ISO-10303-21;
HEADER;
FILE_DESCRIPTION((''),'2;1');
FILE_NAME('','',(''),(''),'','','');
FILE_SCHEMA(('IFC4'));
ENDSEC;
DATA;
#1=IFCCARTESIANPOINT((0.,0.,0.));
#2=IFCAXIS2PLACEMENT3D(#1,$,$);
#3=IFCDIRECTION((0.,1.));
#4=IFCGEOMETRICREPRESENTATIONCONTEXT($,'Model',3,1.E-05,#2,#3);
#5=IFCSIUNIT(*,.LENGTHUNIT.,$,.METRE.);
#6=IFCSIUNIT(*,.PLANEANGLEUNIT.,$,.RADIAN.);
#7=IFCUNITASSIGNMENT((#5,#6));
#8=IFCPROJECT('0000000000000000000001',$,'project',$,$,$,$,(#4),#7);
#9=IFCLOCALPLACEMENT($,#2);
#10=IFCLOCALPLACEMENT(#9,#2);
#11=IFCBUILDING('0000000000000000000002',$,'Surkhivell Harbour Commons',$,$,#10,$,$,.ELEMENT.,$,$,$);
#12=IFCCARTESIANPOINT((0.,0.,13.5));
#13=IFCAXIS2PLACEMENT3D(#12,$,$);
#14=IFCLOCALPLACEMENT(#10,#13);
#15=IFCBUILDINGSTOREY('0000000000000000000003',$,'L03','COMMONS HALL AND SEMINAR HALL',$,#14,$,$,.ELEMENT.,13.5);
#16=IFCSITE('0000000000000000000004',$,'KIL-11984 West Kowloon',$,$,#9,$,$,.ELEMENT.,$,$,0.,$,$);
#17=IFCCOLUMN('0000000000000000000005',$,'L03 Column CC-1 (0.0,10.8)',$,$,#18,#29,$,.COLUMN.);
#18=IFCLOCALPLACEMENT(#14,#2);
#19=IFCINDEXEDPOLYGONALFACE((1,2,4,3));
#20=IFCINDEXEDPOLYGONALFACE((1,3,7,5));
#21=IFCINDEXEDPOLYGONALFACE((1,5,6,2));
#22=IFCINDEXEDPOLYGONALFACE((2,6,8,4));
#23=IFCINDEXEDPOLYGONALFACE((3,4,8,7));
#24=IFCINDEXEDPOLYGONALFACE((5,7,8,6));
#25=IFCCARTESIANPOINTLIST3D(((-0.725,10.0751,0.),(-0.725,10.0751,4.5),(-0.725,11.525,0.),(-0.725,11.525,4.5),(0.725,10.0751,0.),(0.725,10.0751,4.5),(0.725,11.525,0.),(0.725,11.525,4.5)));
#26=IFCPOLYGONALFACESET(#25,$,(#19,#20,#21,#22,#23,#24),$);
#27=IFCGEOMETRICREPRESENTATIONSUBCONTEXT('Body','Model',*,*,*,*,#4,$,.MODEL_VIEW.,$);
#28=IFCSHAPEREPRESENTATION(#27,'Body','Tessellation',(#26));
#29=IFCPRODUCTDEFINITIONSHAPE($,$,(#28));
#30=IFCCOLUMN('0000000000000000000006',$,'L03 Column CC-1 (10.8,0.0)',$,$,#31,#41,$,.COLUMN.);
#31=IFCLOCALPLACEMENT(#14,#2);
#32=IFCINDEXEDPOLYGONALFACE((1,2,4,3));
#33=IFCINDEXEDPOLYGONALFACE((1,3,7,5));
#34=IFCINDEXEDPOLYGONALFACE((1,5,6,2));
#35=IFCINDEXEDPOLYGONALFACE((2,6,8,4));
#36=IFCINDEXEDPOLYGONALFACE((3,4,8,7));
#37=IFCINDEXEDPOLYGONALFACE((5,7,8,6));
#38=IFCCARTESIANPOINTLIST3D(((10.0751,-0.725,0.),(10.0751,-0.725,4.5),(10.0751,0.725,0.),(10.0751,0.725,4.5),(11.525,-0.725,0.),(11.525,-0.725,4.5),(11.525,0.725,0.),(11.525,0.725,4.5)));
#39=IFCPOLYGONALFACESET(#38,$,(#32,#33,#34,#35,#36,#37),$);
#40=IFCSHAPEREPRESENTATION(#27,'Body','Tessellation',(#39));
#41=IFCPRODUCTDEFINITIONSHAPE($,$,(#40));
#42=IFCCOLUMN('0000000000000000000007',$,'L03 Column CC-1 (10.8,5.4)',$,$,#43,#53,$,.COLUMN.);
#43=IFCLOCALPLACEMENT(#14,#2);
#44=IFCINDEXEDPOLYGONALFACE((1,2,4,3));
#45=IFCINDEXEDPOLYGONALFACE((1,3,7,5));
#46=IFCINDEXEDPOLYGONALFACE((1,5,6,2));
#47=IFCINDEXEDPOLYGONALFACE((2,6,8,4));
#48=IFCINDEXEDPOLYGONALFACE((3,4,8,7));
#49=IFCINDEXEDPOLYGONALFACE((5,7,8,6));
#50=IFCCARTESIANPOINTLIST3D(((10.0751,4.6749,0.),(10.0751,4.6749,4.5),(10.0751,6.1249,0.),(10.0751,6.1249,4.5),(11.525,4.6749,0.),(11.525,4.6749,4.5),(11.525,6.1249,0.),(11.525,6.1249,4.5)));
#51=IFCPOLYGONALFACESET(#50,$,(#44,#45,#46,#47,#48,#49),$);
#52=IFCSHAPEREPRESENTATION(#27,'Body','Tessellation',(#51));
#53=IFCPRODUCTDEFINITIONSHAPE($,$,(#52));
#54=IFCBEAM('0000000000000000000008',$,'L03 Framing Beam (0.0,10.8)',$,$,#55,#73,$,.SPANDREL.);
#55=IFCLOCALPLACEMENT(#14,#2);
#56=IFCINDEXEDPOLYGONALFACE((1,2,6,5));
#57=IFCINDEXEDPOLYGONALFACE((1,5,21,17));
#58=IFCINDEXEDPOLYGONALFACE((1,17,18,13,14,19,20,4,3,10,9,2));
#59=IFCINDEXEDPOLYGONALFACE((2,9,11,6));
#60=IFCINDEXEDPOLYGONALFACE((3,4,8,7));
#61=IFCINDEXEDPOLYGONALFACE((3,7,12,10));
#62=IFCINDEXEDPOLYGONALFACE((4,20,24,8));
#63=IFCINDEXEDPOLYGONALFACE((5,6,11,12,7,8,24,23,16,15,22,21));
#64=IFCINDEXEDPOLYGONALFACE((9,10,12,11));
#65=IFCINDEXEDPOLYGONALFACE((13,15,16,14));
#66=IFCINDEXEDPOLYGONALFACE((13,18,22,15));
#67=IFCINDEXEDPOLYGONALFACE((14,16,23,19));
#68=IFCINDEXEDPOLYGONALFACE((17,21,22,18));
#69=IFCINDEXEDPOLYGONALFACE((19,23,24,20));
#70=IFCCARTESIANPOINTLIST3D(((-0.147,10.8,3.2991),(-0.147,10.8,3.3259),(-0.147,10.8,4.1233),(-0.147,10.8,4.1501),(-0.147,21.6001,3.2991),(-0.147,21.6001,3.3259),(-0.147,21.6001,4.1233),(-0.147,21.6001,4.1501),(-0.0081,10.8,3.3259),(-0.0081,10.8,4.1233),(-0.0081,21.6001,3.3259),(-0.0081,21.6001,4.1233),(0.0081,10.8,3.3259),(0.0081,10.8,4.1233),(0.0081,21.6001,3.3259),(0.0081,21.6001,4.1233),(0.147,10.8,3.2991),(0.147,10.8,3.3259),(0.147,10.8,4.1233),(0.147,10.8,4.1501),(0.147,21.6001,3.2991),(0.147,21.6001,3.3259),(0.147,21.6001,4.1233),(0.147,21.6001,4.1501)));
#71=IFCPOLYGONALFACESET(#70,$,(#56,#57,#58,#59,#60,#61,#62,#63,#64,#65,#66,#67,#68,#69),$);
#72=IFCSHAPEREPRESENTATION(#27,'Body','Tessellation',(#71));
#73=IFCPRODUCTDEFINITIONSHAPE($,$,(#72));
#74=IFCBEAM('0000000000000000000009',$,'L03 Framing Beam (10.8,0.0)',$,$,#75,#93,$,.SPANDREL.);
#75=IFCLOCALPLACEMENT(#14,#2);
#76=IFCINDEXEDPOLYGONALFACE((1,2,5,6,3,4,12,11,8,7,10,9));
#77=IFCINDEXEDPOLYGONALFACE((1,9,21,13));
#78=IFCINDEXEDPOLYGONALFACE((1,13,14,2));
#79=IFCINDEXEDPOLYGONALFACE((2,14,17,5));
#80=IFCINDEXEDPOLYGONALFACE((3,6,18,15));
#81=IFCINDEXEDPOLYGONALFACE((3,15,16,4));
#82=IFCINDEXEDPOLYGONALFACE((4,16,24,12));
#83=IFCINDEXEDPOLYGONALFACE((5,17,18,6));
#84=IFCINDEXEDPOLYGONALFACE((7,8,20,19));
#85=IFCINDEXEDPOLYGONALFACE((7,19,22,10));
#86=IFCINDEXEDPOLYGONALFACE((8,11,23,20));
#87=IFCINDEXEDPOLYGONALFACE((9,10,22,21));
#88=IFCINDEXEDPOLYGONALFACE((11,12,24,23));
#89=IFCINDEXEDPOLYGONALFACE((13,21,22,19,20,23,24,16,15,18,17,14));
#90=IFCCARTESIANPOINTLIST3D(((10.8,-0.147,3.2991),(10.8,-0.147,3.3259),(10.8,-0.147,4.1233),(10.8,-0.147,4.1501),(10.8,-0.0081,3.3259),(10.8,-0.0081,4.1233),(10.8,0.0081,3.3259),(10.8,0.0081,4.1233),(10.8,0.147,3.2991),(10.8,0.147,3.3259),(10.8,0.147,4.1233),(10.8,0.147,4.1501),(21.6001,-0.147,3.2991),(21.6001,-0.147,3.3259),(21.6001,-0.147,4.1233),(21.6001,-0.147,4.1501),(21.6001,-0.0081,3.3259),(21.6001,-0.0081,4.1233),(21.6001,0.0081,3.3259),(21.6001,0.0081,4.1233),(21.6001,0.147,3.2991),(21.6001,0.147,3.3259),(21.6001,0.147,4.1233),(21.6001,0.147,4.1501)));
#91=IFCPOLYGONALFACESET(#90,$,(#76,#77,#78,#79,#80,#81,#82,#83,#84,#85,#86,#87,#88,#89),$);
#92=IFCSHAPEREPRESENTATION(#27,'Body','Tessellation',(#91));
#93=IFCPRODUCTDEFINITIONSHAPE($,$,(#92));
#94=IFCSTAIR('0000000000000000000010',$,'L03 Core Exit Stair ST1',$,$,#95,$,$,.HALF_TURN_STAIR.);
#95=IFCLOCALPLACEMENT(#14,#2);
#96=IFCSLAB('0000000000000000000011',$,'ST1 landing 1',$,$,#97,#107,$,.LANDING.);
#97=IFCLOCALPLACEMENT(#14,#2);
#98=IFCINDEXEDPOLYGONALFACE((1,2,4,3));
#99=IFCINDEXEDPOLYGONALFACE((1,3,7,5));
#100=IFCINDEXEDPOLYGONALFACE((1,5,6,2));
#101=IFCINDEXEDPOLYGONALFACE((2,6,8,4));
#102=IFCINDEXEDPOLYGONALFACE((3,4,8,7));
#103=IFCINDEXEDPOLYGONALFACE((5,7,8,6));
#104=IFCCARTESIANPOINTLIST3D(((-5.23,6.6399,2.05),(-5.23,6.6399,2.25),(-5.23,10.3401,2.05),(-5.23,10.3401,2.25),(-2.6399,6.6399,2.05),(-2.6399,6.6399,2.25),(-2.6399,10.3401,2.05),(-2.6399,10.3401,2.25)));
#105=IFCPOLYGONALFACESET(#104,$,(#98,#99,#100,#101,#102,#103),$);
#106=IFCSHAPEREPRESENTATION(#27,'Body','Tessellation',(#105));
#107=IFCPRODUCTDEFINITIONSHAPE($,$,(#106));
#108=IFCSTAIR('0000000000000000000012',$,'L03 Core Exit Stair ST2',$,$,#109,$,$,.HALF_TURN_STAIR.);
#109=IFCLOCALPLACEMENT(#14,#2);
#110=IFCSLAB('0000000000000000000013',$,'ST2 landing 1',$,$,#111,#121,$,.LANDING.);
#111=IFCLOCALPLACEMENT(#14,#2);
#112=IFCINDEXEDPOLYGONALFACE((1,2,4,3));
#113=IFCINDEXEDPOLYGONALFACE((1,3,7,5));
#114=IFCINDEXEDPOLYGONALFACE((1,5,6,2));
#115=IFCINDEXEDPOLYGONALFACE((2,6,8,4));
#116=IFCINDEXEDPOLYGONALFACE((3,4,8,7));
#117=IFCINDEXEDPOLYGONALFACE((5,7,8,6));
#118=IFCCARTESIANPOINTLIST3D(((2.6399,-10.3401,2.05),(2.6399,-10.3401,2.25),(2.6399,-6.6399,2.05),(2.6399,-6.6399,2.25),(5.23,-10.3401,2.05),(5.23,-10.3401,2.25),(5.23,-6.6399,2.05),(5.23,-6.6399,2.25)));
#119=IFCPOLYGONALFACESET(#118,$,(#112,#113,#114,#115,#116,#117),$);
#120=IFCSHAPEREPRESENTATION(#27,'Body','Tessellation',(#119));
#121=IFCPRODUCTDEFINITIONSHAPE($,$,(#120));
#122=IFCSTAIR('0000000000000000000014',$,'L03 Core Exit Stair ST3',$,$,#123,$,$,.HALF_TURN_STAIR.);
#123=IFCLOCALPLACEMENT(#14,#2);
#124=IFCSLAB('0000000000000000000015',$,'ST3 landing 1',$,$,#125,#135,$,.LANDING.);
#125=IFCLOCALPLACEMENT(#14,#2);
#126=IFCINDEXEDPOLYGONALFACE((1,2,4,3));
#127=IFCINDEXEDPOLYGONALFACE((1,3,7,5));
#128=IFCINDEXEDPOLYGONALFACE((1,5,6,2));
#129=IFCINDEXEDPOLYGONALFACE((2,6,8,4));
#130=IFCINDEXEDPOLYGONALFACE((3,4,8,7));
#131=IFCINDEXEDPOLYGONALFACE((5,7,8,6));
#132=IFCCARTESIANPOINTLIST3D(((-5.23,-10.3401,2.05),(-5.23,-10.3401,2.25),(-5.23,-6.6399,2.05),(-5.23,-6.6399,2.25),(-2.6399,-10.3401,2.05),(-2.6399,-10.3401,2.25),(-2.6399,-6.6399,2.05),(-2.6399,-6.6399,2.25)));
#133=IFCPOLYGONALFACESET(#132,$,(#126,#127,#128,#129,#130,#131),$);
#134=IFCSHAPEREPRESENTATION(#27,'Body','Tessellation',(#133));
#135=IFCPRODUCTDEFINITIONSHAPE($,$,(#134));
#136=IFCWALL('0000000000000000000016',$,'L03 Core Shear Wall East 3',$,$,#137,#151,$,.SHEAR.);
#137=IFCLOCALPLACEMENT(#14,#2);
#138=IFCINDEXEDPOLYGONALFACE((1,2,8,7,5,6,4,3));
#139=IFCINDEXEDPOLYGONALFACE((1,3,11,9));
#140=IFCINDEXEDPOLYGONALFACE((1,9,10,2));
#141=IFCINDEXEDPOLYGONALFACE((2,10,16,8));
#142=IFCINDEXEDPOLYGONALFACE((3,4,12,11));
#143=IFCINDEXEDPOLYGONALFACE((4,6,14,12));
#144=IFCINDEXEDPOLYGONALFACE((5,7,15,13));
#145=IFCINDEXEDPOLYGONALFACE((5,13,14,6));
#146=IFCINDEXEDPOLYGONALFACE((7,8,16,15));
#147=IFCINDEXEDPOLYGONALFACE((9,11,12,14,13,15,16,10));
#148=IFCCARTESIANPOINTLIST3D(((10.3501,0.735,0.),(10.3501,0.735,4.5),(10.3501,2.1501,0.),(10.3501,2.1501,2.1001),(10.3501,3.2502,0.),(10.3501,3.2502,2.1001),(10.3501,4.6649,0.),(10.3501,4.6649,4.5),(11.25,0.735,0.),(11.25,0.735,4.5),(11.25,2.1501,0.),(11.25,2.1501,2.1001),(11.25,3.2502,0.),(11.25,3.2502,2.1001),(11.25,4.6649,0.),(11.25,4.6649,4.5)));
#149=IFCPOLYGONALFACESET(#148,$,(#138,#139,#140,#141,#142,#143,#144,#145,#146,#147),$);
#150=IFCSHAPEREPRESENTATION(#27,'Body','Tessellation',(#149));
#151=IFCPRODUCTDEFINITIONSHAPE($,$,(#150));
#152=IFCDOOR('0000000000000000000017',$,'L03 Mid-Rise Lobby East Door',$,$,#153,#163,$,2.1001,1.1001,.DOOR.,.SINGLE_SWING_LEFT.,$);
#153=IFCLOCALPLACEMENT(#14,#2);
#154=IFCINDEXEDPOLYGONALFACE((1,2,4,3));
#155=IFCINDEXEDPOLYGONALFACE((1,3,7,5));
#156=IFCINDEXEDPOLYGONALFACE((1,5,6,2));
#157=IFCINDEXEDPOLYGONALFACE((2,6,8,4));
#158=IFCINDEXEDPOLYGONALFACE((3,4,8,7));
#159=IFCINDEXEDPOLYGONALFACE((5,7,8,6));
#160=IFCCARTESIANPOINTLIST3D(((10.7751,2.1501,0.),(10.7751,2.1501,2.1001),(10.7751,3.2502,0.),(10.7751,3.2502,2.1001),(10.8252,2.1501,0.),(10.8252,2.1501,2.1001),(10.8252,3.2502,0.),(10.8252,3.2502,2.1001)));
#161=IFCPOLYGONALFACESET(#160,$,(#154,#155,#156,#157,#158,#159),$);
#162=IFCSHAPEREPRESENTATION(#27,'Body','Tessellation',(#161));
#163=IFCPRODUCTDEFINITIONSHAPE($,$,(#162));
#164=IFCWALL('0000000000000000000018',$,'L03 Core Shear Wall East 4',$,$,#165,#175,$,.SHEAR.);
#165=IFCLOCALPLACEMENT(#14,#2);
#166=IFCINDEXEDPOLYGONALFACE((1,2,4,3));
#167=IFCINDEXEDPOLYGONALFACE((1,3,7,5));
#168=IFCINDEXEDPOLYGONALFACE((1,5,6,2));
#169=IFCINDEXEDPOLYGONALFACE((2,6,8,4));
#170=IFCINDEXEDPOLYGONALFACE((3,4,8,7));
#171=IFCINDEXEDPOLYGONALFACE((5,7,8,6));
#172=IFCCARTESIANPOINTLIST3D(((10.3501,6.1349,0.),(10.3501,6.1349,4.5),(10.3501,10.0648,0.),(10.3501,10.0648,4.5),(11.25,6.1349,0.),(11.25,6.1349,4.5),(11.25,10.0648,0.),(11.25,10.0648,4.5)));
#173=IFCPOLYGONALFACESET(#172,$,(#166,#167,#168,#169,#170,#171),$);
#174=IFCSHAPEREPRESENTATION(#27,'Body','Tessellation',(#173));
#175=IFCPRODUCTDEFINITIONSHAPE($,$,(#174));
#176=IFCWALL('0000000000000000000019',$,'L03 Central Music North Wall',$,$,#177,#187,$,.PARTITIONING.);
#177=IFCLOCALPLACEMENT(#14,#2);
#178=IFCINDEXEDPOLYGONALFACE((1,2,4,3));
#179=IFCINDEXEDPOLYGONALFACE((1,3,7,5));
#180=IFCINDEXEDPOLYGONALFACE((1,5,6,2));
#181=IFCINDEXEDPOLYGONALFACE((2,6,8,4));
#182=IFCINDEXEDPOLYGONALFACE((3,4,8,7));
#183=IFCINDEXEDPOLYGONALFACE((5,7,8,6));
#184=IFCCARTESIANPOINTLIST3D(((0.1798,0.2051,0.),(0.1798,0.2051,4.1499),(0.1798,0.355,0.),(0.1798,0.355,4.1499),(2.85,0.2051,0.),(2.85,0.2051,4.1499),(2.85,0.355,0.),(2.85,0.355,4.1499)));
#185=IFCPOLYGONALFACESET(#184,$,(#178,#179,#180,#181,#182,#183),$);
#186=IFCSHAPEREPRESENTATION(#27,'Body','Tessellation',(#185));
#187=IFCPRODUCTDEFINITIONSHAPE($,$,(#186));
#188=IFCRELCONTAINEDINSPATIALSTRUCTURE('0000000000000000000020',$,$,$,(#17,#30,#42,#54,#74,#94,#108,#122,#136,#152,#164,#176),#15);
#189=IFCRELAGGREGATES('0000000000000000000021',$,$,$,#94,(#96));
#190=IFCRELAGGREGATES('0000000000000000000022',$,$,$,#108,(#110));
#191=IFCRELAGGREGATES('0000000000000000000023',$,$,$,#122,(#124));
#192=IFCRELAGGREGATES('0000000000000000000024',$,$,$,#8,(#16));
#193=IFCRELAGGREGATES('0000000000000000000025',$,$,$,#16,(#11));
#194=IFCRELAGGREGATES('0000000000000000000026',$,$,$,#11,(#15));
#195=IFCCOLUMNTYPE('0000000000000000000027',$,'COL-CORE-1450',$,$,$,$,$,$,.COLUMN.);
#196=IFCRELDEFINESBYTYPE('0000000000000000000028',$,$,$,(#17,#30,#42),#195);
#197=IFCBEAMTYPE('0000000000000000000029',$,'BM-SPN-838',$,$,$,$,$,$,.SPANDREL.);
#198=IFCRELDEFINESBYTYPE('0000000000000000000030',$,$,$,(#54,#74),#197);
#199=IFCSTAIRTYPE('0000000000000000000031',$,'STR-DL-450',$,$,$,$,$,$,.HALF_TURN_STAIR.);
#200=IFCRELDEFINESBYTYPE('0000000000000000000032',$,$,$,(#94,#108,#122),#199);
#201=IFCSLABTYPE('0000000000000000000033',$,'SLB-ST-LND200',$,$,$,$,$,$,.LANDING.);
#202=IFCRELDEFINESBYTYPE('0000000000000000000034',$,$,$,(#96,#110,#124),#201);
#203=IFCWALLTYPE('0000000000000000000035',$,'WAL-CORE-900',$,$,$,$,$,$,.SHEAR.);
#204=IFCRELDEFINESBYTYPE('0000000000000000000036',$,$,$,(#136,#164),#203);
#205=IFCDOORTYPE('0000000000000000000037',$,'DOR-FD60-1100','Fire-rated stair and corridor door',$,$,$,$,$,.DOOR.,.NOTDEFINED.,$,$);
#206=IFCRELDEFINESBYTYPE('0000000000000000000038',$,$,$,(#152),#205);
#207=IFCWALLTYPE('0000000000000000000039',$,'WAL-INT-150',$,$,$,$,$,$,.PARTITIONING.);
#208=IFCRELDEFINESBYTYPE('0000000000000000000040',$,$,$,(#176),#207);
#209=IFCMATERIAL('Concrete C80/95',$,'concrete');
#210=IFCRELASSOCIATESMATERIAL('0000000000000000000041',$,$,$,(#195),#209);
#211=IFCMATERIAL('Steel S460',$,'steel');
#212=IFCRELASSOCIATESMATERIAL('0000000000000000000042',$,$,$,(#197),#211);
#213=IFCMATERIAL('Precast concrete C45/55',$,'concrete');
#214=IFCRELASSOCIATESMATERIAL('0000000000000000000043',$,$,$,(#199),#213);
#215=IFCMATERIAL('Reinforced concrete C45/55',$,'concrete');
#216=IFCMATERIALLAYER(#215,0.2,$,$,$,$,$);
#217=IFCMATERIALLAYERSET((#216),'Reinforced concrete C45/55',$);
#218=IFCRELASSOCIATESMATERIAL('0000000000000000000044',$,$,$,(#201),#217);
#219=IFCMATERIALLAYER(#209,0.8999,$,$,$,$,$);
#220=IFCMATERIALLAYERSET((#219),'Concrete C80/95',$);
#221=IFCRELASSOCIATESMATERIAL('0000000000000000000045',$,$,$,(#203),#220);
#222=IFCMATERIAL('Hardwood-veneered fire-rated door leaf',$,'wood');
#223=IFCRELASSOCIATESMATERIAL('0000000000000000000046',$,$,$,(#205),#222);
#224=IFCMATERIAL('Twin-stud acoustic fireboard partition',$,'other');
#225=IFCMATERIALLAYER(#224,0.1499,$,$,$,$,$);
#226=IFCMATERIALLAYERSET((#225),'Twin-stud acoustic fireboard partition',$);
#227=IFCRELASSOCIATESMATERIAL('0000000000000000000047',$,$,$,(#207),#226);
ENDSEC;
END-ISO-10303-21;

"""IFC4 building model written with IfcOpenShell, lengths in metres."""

from ifc_helpers import new_model, si_unit, direction, frame, frame_2d, origin, origin_2d, place, context, subcontext, project, spatial, polyline, rectangle, i_section, outline, extrude, material, layer, layer_set, material_profile, profile_set, type_object, element, fill, aggregate, save


model = new_model("IFC4")

# Units and contexts
model_context = context("Model", 3, precision=1e-05, world=origin(), true_north=direction((0.0, 1.0)))
body_context = subcontext(model_context, "Body", "Model", "MODEL_VIEW")
ifc_project = project(units=[si_unit("LENGTHUNIT", "METRE"), si_unit("PLANEANGLEUNIT", "RADIAN")], contexts=[model_context])

# Site, building, storey
site_placement = place(None, origin())
site = spatial("IfcSite", under=ifc_project, at=site_placement, Name="KIL-11984 West Kowloon", CompositionType="ELEMENT", RefElevation=0.0)
building_placement = place(site_placement, origin())
building = spatial("IfcBuilding", under=site, at=building_placement, Name="Surkhivell Harbour Commons", CompositionType="ELEMENT")
storey_placement = place(building_placement, frame((0.0, 0.0, 13.5)))
storey = spatial("IfcBuildingStorey", under=building, at=storey_placement, Name="L03", Description="COMMONS HALL AND SEMINAR HALL", CompositionType="ELEMENT", Elevation=13.5)

# Columns
ifc_material_1 = material(Name="Concrete C80/95", Category="concrete")
ifc_material_profile_1 = material_profile(ifc_material_1, rectangle(XDim=1.45, YDim=1.45, at=origin_2d()), Name="RC-COL-1450x1450")
ifc_profile_set_1 = profile_set([ifc_material_profile_1], Name="Concrete C80/95")
column_type = type_object("IfcColumnType", Name="COL-CORE-1450", PredefinedType="COLUMN", material=ifc_profile_set_1)
for number, where, z_axis, x_axis, name in (
    (1, (0.0, 10.8, 0.0), (0.0, 0.0, 1.0), (1.0, 0.0, 0.0), "L03 Column CC-1 (0.0,10.8)"),
    (2, (10.8, 0.0, 0.0), (0.0, 0.0, 1.0), (1.0, 0.0, 0.0), "L03 Column CC-1 (10.8,0.0)"),
    (3, (10.8, 5.3999, 0.0), (0.0, 0.0, 1.0), (1.0, 0.0, 0.0), "L03 Column CC-1 (10.8,5.4)"),
):
    element("IfcColumn", number, at=place(storey_placement, frame(where, z_axis=z_axis, x_axis=x_axis)), inside=storey, type_object=column_type, Name=name, PredefinedType="COLUMN", context=body_context, shape_type="SweptSolid", body=[
        extrude(rectangle(XDim=1.45, YDim=1.45, at=origin_2d()), origin(), (0.0, 0.0, 1.0), 4.5),
    ])

# Beams
ifc_material_2 = material(Name="Steel S460", Category="steel")
ifc_material_profile_2 = material_profile(ifc_material_2, i_section(OverallWidth=0.2939, OverallDepth=0.8511, WebThickness=0.0161, FlangeThickness=0.0269, at=origin_2d()), Name="UB838x292x226")
ifc_profile_set_2 = profile_set([ifc_material_profile_2], Name="Steel S460")
beam_type = type_object("IfcBeamType", Name="BM-SPN-838", PredefinedType="SPANDREL", material=ifc_profile_set_2)
for number, where, z_axis, x_axis, name in (
    (4, (0.0, 10.8, 3.7246), (0.0, 1.0, 0.0), (-1.0, 0.0, 0.0), "L03 Framing Beam (0.0,10.8)"),
    (5, (10.8, 0.0, 3.7246), (1.0, 0.0, 0.0), (0.0, 1.0, 0.0), "L03 Framing Beam (10.8,0.0)"),
):
    element("IfcBeam", number, at=place(storey_placement, frame(where, z_axis=z_axis, x_axis=x_axis)), inside=storey, type_object=beam_type, Name=name, PredefinedType="SPANDREL", context=body_context, shape_type="SweptSolid", body=[
        extrude(i_section(OverallWidth=0.2939, OverallDepth=0.8511, WebThickness=0.0161, FlangeThickness=0.0269, at=origin_2d()), origin(), (0.0, 0.0, 1.0), 10.8),
    ])

# Stairs, slabs
ifc_material_3 = material(Name="Precast concrete C45/55", Category="concrete")
stair_type = type_object("IfcStairType", Name="STR-DL-450", PredefinedType="HALF_TURN_STAIR", material=ifc_material_3)
stair_1_placement = place(storey_placement, origin())
stair_1 = element("IfcStair", 6, at=stair_1_placement, inside=storey, type_object=stair_type, Name="L03 Core Exit Stair ST1", PredefinedType="HALF_TURN_STAIR")
ifc_material_4 = material(Name="Reinforced concrete C45/55", Category="concrete")
ifc_layer_1 = layer(ifc_material_4, 0.2)
ifc_layer_set_1 = layer_set([ifc_layer_1], Name="Reinforced concrete C45/55")
slab_type = type_object("IfcSlabType", Name="SLB-ST-LND200", PredefinedType="LANDING", material=ifc_layer_set_1)
slab_1_placement = place(storey_placement, frame((0.0, 0.0, 2.05)))
slab_1 = element("IfcSlab", 7, at=slab_1_placement, type_object=slab_type, Name="ST1 landing 1", PredefinedType="LANDING", context=body_context, shape_type="SweptSolid", body=[
    extrude(outline(polyline([(-5.23, 6.6399), (-2.6399, 6.6399), (-2.6399, 10.3401), (-5.23, 10.3401), (-5.23, 6.6399)])), origin(), (0.0, 0.0, 1.0), 0.2),
])
aggregate(stair_1, [slab_1])
stair_2_placement = place(storey_placement, origin())
stair_2 = element("IfcStair", 8, at=stair_2_placement, inside=storey, type_object=stair_type, Name="L03 Core Exit Stair ST2", PredefinedType="HALF_TURN_STAIR")
slab_2_placement = place(storey_placement, frame((0.0, 0.0, 2.05)))
slab_2 = element("IfcSlab", 9, at=slab_2_placement, type_object=slab_type, Name="ST2 landing 1", PredefinedType="LANDING", context=body_context, shape_type="SweptSolid", body=[
    extrude(outline(polyline([(5.23, -6.6399), (2.6399, -6.6399), (2.6399, -10.3401), (5.23, -10.3401), (5.23, -6.6399)])), origin(), (0.0, 0.0, 1.0), 0.2),
])
aggregate(stair_2, [slab_2])
stair_3_placement = place(storey_placement, origin())
stair_3 = element("IfcStair", 10, at=stair_3_placement, inside=storey, type_object=stair_type, Name="L03 Core Exit Stair ST3", PredefinedType="HALF_TURN_STAIR")
slab_3_placement = place(storey_placement, frame((0.0, 0.0, 2.05)))
slab_3 = element("IfcSlab", 11, at=slab_3_placement, type_object=slab_type, Name="ST3 landing 1", PredefinedType="LANDING", context=body_context, shape_type="SweptSolid", body=[
    extrude(outline(polyline([(-5.23, -10.3401), (-2.6399, -10.3401), (-2.6399, -6.6399), (-5.23, -6.6399), (-5.23, -10.3401)])), origin(), (0.0, 0.0, 1.0), 0.2),
])
aggregate(stair_3, [slab_3])

# Wall, opening, door
ifc_layer_2 = layer(ifc_material_1, 0.8999)
ifc_layer_set_2 = layer_set([ifc_layer_2], Name="Concrete C80/95")
wall_type_1 = type_object("IfcWallType", Name="WAL-CORE-900", PredefinedType="SHEAR", material=ifc_layer_set_2)
wall_1_placement = place(storey_placement, frame((10.8, 0.7351, 0.0), z_axis=(0.0, 0.0, 1.0), x_axis=(0.0, 1.0, 0.0)))
wall_1 = element("IfcWall", 12, at=wall_1_placement, inside=storey, type_object=wall_type_1, Name="L03 Core Shear Wall East 3", PredefinedType="SHEAR", context=body_context, shape_type="SweptSolid", body=[
    extrude(rectangle(XDim=3.9299, YDim=0.8999, at=frame_2d((1.9648, 0.0))), origin(), (0.0, 0.0, 1.0), 4.5),
])
opening_1_placement = place(wall_1_placement, frame((1.415, 0.0, 0.0)))
opening_1 = element("IfcOpeningElement", 13, at=opening_1_placement, cuts=wall_1, PredefinedType="OPENING", context=body_context, shape_type="SweptSolid", body=[
    extrude(rectangle(XDim=1.1001, YDim=2.1001, at=frame_2d((0.55, 1.05))), frame((0.0, 0.46, 0.0), z_axis=(0.0, -1.0, 0.0), x_axis=(1.0, 0.0, 0.0)), (0.0, 0.0, 1.0), 0.9199),
])
ifc_material_5 = material(Name="Hardwood-veneered fire-rated door leaf", Category="wood")
door_type_1 = type_object("IfcDoorType", Name="DOR-FD60-1100", Description="Fire-rated stair and corridor door", OperationType="NOTDEFINED", PredefinedType="DOOR", material=ifc_material_5)
door_1_placement = place(opening_1_placement, origin())
door_1 = element("IfcDoor", 14, at=door_1_placement, inside=storey, type_object=door_type_1, Name="L03 Mid-Rise Lobby East Door", OperationType="SINGLE_SWING_LEFT", OverallHeight=2.1001, OverallWidth=1.1001, PredefinedType="DOOR", context=body_context, shape_type="SweptSolid", body=[
    extrude(rectangle(XDim=1.1001, YDim=2.1001, at=frame_2d((0.55, 1.05))), frame((0.0, 0.0249, 0.0), z_axis=(0.0, -1.0, 0.0), x_axis=(1.0, 0.0, 0.0)), (0.0, 0.0, 1.0), 0.05),
])
fill(opening_1, door_1)

# Walls
wall_2_placement = place(storey_placement, frame((10.8, 6.135, 0.0), z_axis=(0.0, 0.0, 1.0), x_axis=(0.0, 1.0, 0.0)))
element("IfcWall", 15, at=wall_2_placement, inside=storey, type_object=wall_type_1, Name="L03 Core Shear Wall East 4", PredefinedType="SHEAR", context=body_context, shape_type="SweptSolid", body=[
    extrude(rectangle(XDim=3.9299, YDim=0.8999, at=frame_2d((1.9648, 0.0))), origin(), (0.0, 0.0, 1.0), 4.5),
])
ifc_material_6 = material(Name="Twin-stud acoustic fireboard partition", Category="other")
ifc_layer_3 = layer(ifc_material_6, 0.1499)
ifc_layer_set_3 = layer_set([ifc_layer_3], Name="Twin-stud acoustic fireboard partition")
wall_type_2 = type_object("IfcWallType", Name="WAL-INT-150", PredefinedType="PARTITIONING", material=ifc_layer_set_3)
wall_3_placement = place(storey_placement, frame((0.1799, 0.28, 0.0), z_axis=(0.0, 0.0, 1.0), x_axis=(1.0, 0.0, 0.0)))
element("IfcWall", 16, at=wall_3_placement, inside=storey, type_object=wall_type_2, Name="L03 Central Music North Wall", PredefinedType="PARTITIONING", context=body_context, shape_type="SweptSolid", body=[
    extrude(rectangle(XDim=2.6702, YDim=0.1499, at=frame_2d((1.335, 0.0))), origin(), (0.0, 0.0, 1.0), 4.1499),
])

save(model, "model.ifc")
